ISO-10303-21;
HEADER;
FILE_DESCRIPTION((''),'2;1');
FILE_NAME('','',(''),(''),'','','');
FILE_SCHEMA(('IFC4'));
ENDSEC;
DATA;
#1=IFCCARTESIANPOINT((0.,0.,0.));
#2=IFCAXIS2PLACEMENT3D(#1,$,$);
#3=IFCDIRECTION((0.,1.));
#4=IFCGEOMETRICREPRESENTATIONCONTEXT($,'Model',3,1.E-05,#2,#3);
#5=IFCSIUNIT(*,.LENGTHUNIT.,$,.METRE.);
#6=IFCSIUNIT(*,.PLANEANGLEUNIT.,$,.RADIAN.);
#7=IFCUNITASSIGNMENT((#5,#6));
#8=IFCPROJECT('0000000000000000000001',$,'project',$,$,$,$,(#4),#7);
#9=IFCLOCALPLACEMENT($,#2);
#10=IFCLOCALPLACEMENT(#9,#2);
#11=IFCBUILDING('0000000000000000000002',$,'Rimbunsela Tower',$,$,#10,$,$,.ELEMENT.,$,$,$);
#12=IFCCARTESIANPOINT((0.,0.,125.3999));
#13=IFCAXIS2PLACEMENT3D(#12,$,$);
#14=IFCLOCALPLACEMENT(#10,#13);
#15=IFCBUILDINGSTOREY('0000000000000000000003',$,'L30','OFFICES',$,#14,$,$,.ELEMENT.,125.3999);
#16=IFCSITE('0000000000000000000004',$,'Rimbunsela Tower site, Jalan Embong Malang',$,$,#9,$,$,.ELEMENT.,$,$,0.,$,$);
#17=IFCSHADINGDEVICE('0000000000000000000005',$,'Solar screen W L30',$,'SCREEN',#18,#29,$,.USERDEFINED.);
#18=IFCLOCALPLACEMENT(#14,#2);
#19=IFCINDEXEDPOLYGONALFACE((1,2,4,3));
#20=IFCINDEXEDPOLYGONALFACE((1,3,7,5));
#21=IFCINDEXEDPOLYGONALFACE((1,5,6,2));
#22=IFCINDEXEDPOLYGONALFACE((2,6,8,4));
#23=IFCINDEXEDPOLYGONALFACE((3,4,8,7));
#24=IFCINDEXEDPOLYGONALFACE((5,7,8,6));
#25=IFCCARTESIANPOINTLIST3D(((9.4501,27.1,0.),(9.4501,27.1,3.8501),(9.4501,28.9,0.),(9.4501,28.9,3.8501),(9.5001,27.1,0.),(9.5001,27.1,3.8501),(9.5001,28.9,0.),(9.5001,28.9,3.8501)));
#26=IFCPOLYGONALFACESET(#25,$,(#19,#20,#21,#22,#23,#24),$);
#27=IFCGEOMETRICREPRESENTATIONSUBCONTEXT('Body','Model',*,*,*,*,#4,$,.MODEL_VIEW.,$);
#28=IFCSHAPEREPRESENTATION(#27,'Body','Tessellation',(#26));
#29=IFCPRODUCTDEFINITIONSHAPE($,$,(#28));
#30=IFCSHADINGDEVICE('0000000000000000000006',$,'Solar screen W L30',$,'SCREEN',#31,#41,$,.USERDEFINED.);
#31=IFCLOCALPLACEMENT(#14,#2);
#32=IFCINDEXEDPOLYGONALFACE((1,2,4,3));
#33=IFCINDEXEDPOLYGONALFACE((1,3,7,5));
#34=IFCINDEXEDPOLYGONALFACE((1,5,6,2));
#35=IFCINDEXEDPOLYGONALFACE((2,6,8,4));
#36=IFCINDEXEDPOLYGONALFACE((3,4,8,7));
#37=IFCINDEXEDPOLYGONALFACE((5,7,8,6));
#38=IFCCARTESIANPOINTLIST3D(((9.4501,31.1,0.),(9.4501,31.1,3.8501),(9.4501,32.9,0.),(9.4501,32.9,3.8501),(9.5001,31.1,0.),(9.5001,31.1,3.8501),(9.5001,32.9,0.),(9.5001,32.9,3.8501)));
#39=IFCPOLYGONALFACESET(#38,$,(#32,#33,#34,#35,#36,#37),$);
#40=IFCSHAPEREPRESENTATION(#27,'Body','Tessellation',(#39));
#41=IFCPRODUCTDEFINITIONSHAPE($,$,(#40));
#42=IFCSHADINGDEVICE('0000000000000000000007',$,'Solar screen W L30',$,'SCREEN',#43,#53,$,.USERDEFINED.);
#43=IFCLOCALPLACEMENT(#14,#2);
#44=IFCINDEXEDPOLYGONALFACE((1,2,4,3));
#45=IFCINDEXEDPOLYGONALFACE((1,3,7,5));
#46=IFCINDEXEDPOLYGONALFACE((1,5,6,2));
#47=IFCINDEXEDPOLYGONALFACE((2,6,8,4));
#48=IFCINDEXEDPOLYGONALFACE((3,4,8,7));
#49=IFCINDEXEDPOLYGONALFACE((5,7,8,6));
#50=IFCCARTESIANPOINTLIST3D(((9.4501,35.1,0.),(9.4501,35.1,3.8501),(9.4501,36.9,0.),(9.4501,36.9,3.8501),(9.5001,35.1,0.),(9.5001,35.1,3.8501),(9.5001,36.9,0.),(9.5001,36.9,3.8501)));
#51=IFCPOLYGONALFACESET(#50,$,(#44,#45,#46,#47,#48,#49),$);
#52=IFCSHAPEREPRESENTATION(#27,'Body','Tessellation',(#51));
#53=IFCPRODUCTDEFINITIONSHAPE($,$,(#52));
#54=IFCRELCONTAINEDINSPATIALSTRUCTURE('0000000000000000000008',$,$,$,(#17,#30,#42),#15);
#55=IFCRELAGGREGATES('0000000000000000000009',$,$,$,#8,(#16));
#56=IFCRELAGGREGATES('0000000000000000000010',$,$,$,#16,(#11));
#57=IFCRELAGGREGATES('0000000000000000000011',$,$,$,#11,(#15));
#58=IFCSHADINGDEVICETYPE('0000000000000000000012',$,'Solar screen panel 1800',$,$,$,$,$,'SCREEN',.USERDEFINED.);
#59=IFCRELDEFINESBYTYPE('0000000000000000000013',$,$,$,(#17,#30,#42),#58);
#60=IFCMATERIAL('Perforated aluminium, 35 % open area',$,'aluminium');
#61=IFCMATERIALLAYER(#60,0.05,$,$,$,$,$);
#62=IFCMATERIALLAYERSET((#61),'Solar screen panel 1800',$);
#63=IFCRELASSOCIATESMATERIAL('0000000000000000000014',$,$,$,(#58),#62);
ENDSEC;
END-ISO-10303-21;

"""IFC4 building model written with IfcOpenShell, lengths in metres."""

from ifc_helpers import new_model, si_unit, direction, frame, origin, origin_2d, place, context, subcontext, project, spatial, rectangle, extrude, material, layer, layer_set, type_object, element, save


model = new_model("IFC4")

# Units and contexts
model_context = context("Model", 3, precision=1e-05, world=origin(), true_north=direction((0.0, 1.0)))
body_context = subcontext(model_context, "Body", "Model", "MODEL_VIEW")
ifc_project = project(units=[si_unit("LENGTHUNIT", "METRE"), si_unit("PLANEANGLEUNIT", "RADIAN")], contexts=[model_context])

# Site, building, storey
site_placement = place(None, origin())
site = spatial("IfcSite", under=ifc_project, at=site_placement, Name="Rimbunsela Tower site, Jalan Embong Malang", CompositionType="ELEMENT", RefElevation=0.0)
building_placement = place(site_placement, origin())
building = spatial("IfcBuilding", under=site, at=building_placement, Name="Rimbunsela Tower", CompositionType="ELEMENT")
storey_placement = place(building_placement, frame((0.0, 0.0, 125.3999)))
storey = spatial("IfcBuildingStorey", under=building, at=storey_placement, Name="L30", Description="OFFICES", CompositionType="ELEMENT", Elevation=125.3999)

# Shading devices
ifc_material_1 = material(Name="Perforated aluminium, 35 % open area", Category="aluminium")
ifc_layer_1 = layer(ifc_material_1, 0.05)
ifc_layer_set_1 = layer_set([ifc_layer_1], Name="Solar screen panel 1800")
shading_device_type = type_object("IfcShadingDeviceType", Name="Solar screen panel 1800", ElementType="SCREEN", PredefinedType="USERDEFINED", material=ifc_layer_set_1)
for number, where, z_axis, x_axis, name in (
    (1, (9.4751, 28.0, 0.0), (0.0, 0.0, 1.0), (0.0, 1.0, 0.0), "Solar screen W L30"),
    (2, (9.4751, 32.0, 0.0), (0.0, 0.0, 1.0), (0.0, 1.0, 0.0), "Solar screen W L30"),
    (3, (9.4751, 36.0, 0.0), (0.0, 0.0, 1.0), (0.0, 1.0, 0.0), "Solar screen W L30"),
):
    element("IfcShadingDevice", number, at=place(storey_placement, frame(where, z_axis=z_axis, x_axis=x_axis)), inside=storey, type_object=shading_device_type, Name=name, ObjectType="SCREEN", PredefinedType="USERDEFINED", context=body_context, shape_type="SweptSolid", body=[
        extrude(rectangle(XDim=1.8, YDim=0.05, at=origin_2d()), origin(), (0.0, 0.0, 1.0), 3.8501),
    ])

save(model, "model.ifc")
